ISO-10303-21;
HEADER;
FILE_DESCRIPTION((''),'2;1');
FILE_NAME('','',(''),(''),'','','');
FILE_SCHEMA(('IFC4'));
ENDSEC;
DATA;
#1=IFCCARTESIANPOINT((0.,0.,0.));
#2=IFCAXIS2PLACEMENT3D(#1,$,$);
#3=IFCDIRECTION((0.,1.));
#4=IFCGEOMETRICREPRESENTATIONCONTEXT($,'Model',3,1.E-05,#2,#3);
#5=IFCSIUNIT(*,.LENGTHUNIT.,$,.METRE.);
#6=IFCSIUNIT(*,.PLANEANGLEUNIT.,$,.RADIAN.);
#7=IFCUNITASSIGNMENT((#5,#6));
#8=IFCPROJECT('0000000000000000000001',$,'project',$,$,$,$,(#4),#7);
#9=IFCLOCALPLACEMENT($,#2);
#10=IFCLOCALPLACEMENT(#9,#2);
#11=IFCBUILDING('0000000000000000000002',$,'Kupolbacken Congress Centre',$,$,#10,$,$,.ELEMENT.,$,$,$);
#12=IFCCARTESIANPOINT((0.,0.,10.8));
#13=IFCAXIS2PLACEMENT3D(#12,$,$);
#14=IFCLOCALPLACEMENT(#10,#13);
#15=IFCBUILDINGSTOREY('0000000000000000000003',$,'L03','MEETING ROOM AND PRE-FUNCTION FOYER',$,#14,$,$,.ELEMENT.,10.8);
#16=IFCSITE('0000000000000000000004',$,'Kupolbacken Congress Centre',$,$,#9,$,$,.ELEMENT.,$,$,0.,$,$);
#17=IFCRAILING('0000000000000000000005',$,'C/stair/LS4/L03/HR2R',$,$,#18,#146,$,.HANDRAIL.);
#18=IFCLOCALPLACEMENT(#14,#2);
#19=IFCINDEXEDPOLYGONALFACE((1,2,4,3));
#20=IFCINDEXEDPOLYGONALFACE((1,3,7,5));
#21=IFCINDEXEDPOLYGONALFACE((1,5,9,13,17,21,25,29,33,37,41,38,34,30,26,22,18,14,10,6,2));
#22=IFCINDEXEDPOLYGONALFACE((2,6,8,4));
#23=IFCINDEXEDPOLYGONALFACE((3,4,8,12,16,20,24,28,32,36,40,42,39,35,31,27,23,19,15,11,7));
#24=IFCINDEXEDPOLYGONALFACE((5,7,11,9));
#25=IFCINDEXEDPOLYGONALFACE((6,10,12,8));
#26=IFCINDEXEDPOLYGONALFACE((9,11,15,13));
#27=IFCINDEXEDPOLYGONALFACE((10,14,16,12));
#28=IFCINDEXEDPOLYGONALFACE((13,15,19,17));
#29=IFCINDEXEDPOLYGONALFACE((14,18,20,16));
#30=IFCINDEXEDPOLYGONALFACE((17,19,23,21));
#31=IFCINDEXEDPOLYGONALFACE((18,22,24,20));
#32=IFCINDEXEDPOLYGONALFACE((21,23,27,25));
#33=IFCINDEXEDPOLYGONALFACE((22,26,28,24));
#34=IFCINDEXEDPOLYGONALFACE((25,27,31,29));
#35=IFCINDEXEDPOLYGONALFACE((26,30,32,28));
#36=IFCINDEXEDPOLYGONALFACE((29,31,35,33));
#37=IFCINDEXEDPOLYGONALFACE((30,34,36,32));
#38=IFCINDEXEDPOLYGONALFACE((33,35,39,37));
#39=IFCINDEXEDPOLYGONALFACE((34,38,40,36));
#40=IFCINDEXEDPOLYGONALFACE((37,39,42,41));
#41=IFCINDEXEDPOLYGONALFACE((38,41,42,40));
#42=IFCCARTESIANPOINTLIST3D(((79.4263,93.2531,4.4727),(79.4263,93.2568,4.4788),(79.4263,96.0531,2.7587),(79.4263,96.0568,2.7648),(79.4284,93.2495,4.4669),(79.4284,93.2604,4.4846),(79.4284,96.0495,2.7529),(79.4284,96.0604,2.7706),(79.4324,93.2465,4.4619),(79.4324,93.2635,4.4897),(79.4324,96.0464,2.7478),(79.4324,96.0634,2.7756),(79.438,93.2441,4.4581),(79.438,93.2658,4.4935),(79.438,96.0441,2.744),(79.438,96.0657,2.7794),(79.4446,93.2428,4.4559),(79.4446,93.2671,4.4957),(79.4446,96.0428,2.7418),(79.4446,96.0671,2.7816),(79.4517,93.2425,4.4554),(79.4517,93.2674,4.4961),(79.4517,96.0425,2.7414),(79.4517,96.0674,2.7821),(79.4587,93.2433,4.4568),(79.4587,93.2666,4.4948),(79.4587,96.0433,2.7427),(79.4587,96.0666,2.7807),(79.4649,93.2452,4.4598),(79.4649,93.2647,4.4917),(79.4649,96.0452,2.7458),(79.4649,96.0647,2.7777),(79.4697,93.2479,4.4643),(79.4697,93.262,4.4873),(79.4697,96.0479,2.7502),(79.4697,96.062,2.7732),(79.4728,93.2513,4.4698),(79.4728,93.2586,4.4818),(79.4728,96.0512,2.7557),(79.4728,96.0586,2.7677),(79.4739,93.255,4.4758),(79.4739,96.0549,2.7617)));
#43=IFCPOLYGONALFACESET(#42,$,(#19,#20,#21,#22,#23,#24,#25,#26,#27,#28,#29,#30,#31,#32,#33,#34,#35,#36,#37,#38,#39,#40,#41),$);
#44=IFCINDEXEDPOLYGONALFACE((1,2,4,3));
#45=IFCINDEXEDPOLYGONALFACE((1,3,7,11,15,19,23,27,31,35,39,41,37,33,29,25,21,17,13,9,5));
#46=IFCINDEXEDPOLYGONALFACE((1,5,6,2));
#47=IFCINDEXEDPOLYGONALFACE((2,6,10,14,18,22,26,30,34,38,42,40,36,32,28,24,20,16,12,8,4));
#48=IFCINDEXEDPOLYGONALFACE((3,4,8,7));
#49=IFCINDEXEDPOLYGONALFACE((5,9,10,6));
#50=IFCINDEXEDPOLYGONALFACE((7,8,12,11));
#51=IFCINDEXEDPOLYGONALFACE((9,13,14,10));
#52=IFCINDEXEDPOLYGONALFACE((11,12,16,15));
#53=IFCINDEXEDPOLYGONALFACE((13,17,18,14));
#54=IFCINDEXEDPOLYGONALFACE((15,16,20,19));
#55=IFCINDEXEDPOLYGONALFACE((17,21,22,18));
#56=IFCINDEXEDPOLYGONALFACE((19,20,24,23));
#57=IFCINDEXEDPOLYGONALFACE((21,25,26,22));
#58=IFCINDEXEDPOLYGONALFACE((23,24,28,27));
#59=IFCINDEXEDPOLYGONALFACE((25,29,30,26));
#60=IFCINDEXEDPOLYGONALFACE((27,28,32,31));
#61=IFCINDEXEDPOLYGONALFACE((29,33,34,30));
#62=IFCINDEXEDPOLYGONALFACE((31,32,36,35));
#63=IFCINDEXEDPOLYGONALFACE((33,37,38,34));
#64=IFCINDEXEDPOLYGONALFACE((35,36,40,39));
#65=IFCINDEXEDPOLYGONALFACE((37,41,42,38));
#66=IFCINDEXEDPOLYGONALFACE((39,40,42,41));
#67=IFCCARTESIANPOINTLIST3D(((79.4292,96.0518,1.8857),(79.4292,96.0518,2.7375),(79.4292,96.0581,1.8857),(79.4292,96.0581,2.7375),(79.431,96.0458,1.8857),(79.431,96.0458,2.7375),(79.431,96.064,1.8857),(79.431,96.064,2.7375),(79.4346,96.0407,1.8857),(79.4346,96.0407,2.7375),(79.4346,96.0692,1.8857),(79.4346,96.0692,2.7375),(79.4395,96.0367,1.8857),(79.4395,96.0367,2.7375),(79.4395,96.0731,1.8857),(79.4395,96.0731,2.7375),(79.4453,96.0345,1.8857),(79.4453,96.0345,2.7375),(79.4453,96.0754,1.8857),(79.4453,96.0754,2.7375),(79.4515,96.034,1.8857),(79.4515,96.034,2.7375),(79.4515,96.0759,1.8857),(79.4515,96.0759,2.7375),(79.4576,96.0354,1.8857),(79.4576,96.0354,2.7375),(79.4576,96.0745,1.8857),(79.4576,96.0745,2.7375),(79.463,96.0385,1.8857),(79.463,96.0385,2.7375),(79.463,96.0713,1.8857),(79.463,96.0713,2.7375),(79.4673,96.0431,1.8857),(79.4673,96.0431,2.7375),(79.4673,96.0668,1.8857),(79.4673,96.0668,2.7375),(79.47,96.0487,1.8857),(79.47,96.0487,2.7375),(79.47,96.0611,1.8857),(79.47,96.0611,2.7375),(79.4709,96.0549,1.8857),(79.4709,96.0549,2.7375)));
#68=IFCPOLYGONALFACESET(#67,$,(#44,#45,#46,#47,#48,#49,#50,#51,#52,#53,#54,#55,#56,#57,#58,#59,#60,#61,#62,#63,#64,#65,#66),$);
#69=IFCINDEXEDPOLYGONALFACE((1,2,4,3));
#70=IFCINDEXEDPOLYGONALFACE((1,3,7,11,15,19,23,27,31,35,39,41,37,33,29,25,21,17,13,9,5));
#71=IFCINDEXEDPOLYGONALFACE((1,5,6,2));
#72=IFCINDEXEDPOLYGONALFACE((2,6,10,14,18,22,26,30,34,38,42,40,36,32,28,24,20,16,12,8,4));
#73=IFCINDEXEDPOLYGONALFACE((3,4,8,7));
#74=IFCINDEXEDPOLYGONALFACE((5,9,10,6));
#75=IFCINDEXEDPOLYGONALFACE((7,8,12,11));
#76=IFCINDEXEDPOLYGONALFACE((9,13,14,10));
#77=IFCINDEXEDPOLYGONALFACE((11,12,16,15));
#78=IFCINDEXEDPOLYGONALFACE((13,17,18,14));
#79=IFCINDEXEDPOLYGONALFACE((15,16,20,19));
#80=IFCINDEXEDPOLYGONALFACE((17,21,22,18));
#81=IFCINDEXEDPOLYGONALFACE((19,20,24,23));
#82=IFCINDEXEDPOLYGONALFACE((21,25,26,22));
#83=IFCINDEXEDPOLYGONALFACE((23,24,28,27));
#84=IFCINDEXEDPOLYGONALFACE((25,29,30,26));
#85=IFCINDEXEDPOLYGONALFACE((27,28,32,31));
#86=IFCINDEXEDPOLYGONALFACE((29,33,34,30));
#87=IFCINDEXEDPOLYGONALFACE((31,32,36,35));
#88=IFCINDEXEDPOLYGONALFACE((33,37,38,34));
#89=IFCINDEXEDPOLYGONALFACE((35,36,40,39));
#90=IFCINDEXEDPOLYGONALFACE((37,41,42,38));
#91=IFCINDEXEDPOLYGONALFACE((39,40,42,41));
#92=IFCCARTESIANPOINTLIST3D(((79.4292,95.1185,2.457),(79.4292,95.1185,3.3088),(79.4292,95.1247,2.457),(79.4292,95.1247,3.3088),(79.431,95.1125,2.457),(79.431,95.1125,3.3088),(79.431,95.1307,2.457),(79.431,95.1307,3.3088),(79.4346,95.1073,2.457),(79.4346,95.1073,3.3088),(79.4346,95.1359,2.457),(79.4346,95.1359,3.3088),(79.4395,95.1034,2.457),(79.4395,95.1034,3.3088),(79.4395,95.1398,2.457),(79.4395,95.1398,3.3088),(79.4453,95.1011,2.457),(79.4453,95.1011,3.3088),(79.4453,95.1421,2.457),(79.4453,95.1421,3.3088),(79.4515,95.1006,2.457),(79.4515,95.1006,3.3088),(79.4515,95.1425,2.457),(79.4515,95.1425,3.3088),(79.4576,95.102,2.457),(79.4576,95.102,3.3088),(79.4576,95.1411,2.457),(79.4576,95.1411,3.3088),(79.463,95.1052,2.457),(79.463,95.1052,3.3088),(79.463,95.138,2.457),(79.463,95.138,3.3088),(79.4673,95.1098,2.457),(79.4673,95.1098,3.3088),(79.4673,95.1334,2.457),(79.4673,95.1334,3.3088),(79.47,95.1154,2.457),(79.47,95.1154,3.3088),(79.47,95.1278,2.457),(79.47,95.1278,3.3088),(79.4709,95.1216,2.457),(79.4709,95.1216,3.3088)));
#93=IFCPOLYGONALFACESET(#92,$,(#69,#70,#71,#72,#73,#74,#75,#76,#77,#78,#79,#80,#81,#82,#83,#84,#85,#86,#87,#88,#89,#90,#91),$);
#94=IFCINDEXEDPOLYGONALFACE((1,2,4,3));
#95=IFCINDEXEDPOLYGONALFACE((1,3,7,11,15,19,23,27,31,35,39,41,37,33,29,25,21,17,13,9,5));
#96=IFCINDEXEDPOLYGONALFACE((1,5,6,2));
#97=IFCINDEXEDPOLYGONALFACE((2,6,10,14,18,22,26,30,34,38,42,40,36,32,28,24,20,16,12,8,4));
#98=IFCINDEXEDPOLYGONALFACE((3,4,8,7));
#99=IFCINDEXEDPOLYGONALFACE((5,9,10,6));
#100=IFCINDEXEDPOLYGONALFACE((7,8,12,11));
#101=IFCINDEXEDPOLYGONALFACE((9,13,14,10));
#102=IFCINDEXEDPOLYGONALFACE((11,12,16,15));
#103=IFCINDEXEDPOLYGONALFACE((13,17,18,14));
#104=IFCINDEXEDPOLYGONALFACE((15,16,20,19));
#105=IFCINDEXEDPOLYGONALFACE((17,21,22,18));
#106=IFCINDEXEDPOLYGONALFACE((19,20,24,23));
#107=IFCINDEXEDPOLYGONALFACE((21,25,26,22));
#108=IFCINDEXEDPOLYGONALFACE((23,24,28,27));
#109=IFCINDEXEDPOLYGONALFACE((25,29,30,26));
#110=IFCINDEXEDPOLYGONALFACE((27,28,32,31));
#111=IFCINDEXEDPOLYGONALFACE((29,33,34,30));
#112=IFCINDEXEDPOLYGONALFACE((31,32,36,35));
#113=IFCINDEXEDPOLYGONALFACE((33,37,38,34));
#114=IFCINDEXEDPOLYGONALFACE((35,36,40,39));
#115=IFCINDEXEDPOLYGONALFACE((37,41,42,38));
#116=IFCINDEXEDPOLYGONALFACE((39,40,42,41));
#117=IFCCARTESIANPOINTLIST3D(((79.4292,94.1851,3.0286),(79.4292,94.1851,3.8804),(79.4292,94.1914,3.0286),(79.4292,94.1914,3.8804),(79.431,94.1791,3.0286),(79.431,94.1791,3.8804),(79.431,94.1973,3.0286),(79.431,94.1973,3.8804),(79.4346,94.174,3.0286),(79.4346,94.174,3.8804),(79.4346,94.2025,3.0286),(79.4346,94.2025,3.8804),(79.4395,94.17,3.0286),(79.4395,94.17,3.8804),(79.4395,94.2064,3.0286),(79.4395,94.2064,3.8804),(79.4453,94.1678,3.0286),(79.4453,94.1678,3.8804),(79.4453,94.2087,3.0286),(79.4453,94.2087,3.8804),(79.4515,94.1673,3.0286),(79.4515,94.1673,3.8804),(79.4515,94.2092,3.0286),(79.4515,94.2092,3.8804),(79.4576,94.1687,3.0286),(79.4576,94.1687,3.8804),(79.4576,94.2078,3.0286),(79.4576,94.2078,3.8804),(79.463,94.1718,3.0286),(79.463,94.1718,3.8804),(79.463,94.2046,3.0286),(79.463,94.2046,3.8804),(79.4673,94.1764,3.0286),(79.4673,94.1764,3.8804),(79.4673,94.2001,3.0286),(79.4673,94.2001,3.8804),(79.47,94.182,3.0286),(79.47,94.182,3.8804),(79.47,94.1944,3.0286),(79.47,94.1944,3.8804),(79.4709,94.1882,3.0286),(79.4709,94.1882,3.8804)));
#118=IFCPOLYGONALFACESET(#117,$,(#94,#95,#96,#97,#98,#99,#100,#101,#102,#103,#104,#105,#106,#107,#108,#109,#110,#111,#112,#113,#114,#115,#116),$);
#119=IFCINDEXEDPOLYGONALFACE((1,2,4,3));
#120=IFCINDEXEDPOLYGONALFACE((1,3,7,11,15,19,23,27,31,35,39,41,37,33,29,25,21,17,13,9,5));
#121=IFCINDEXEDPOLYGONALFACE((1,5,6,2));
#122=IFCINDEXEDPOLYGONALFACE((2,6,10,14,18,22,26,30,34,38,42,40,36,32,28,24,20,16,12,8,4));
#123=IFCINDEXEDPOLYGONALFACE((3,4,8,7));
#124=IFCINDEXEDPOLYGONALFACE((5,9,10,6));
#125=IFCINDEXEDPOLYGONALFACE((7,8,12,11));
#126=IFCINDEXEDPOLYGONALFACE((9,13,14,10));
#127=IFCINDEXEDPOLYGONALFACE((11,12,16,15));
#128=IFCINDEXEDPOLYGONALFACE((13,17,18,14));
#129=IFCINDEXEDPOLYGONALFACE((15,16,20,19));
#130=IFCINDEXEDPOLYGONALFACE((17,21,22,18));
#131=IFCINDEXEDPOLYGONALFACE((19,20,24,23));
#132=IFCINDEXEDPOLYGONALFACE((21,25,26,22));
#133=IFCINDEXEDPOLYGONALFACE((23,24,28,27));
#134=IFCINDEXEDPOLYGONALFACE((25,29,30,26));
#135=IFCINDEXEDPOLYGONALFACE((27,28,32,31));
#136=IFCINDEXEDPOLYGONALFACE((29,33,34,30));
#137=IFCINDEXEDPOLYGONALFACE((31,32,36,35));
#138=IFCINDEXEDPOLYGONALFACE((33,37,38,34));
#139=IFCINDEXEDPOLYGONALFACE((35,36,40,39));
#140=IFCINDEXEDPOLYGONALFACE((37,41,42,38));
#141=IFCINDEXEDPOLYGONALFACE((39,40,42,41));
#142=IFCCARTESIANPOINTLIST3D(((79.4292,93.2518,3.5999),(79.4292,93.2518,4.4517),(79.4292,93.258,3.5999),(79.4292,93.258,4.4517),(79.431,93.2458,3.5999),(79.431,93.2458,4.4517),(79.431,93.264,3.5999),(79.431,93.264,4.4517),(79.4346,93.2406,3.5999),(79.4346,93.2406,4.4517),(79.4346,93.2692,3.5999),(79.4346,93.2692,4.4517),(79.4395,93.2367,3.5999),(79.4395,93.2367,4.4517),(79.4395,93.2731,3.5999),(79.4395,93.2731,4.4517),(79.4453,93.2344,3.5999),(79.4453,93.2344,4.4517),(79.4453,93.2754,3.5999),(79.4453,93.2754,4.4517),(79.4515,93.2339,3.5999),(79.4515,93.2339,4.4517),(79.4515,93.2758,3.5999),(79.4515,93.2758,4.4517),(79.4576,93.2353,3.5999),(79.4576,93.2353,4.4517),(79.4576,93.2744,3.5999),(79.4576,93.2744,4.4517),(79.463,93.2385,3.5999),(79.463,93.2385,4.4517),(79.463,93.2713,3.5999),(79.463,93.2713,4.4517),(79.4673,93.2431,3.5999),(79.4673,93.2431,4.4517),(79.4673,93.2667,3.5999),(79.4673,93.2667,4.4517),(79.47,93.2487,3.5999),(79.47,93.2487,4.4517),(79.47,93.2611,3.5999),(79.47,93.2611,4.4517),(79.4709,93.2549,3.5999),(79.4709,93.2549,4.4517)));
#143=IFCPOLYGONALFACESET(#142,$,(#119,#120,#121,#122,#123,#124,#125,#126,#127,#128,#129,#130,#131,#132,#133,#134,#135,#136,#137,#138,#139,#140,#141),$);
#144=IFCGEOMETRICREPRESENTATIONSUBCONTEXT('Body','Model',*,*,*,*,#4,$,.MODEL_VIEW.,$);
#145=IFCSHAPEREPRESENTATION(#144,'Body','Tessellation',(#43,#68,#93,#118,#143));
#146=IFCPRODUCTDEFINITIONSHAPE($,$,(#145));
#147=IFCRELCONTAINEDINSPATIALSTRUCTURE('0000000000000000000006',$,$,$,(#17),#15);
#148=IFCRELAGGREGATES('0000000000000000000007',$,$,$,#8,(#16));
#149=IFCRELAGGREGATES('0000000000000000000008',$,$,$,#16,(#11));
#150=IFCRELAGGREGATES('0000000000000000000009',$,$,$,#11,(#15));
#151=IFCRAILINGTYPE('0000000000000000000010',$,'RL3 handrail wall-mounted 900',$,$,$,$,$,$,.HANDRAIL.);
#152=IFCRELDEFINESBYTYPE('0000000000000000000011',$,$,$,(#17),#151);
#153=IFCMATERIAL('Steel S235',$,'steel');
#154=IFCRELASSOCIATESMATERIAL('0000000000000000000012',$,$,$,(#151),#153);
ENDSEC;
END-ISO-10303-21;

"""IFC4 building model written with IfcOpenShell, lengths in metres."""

from ifc_helpers import new_model, si_unit, direction, frame, origin, origin_2d, place, context, subcontext, project, spatial, circle, extrude, material, type_object, element, save


model = new_model("IFC4")

# Units and contexts
model_context = context("Model", 3, precision=1e-05, world=origin(), true_north=direction((0.0, 1.0)))
body_context = subcontext(model_context, "Body", "Model", "MODEL_VIEW")
ifc_project = project(units=[si_unit("LENGTHUNIT", "METRE"), si_unit("PLANEANGLEUNIT", "RADIAN")], contexts=[model_context])

# Site, building, storey
site_placement = place(None, origin())
site = spatial("IfcSite", under=ifc_project, at=site_placement, Name="Kupolbacken Congress Centre", CompositionType="ELEMENT", RefElevation=0.0)
building_placement = place(site_placement, origin())
building = spatial("IfcBuilding", under=site, at=building_placement, Name="Kupolbacken Congress Centre", CompositionType="ELEMENT")
storey_placement = place(building_placement, frame((0.0, 0.0, 10.8)))
storey = spatial("IfcBuildingStorey", under=building, at=storey_placement, Name="L03", Description="MEETING ROOM AND PRE-FUNCTION FOYER", CompositionType="ELEMENT", Elevation=10.8)

# Railing
ifc_material_1 = material(Name="Steel S235", Category="steel")
railing_type = type_object("IfcRailingType", Name="RL3 handrail wall-mounted 900", PredefinedType="HANDRAIL", material=ifc_material_1)
railing_1_placement = place(storey_placement, frame((79.45, 96.0549, 1.8857)))
element("IfcRailing", 1, at=railing_1_placement, inside=storey, type_object=railing_type, Name="C/stair/LS4/L03/HR2R", PredefinedType="HANDRAIL", context=body_context, shape_type="SweptSolid", body=[
    extrude(circle(Radius=0.0239, at=origin_2d()), frame((0.0, 0.0, 0.876), z_axis=(0.0, -0.852879, 0.522109), x_axis=(1.0, 0.0, 0.0)), (0.0, 0.0, 1.0), 3.283),
    extrude(circle(Radius=0.021, at=origin_2d()), origin(), (0.0, 0.0, 1.0), 0.8518),
    extrude(circle(Radius=0.021, at=origin_2d()), frame((0.0, -0.9333, 0.5713)), (0.0, 0.0, 1.0), 0.8518),
    extrude(circle(Radius=0.021, at=origin_2d()), frame((0.0, -1.8667, 1.1428)), (0.0, 0.0, 1.0), 0.8518),
    extrude(circle(Radius=0.021, at=origin_2d()), frame((0.0, -2.8, 1.7141)), (0.0, 0.0, 1.0), 0.8518),
])

save(model, "model.ifc")
